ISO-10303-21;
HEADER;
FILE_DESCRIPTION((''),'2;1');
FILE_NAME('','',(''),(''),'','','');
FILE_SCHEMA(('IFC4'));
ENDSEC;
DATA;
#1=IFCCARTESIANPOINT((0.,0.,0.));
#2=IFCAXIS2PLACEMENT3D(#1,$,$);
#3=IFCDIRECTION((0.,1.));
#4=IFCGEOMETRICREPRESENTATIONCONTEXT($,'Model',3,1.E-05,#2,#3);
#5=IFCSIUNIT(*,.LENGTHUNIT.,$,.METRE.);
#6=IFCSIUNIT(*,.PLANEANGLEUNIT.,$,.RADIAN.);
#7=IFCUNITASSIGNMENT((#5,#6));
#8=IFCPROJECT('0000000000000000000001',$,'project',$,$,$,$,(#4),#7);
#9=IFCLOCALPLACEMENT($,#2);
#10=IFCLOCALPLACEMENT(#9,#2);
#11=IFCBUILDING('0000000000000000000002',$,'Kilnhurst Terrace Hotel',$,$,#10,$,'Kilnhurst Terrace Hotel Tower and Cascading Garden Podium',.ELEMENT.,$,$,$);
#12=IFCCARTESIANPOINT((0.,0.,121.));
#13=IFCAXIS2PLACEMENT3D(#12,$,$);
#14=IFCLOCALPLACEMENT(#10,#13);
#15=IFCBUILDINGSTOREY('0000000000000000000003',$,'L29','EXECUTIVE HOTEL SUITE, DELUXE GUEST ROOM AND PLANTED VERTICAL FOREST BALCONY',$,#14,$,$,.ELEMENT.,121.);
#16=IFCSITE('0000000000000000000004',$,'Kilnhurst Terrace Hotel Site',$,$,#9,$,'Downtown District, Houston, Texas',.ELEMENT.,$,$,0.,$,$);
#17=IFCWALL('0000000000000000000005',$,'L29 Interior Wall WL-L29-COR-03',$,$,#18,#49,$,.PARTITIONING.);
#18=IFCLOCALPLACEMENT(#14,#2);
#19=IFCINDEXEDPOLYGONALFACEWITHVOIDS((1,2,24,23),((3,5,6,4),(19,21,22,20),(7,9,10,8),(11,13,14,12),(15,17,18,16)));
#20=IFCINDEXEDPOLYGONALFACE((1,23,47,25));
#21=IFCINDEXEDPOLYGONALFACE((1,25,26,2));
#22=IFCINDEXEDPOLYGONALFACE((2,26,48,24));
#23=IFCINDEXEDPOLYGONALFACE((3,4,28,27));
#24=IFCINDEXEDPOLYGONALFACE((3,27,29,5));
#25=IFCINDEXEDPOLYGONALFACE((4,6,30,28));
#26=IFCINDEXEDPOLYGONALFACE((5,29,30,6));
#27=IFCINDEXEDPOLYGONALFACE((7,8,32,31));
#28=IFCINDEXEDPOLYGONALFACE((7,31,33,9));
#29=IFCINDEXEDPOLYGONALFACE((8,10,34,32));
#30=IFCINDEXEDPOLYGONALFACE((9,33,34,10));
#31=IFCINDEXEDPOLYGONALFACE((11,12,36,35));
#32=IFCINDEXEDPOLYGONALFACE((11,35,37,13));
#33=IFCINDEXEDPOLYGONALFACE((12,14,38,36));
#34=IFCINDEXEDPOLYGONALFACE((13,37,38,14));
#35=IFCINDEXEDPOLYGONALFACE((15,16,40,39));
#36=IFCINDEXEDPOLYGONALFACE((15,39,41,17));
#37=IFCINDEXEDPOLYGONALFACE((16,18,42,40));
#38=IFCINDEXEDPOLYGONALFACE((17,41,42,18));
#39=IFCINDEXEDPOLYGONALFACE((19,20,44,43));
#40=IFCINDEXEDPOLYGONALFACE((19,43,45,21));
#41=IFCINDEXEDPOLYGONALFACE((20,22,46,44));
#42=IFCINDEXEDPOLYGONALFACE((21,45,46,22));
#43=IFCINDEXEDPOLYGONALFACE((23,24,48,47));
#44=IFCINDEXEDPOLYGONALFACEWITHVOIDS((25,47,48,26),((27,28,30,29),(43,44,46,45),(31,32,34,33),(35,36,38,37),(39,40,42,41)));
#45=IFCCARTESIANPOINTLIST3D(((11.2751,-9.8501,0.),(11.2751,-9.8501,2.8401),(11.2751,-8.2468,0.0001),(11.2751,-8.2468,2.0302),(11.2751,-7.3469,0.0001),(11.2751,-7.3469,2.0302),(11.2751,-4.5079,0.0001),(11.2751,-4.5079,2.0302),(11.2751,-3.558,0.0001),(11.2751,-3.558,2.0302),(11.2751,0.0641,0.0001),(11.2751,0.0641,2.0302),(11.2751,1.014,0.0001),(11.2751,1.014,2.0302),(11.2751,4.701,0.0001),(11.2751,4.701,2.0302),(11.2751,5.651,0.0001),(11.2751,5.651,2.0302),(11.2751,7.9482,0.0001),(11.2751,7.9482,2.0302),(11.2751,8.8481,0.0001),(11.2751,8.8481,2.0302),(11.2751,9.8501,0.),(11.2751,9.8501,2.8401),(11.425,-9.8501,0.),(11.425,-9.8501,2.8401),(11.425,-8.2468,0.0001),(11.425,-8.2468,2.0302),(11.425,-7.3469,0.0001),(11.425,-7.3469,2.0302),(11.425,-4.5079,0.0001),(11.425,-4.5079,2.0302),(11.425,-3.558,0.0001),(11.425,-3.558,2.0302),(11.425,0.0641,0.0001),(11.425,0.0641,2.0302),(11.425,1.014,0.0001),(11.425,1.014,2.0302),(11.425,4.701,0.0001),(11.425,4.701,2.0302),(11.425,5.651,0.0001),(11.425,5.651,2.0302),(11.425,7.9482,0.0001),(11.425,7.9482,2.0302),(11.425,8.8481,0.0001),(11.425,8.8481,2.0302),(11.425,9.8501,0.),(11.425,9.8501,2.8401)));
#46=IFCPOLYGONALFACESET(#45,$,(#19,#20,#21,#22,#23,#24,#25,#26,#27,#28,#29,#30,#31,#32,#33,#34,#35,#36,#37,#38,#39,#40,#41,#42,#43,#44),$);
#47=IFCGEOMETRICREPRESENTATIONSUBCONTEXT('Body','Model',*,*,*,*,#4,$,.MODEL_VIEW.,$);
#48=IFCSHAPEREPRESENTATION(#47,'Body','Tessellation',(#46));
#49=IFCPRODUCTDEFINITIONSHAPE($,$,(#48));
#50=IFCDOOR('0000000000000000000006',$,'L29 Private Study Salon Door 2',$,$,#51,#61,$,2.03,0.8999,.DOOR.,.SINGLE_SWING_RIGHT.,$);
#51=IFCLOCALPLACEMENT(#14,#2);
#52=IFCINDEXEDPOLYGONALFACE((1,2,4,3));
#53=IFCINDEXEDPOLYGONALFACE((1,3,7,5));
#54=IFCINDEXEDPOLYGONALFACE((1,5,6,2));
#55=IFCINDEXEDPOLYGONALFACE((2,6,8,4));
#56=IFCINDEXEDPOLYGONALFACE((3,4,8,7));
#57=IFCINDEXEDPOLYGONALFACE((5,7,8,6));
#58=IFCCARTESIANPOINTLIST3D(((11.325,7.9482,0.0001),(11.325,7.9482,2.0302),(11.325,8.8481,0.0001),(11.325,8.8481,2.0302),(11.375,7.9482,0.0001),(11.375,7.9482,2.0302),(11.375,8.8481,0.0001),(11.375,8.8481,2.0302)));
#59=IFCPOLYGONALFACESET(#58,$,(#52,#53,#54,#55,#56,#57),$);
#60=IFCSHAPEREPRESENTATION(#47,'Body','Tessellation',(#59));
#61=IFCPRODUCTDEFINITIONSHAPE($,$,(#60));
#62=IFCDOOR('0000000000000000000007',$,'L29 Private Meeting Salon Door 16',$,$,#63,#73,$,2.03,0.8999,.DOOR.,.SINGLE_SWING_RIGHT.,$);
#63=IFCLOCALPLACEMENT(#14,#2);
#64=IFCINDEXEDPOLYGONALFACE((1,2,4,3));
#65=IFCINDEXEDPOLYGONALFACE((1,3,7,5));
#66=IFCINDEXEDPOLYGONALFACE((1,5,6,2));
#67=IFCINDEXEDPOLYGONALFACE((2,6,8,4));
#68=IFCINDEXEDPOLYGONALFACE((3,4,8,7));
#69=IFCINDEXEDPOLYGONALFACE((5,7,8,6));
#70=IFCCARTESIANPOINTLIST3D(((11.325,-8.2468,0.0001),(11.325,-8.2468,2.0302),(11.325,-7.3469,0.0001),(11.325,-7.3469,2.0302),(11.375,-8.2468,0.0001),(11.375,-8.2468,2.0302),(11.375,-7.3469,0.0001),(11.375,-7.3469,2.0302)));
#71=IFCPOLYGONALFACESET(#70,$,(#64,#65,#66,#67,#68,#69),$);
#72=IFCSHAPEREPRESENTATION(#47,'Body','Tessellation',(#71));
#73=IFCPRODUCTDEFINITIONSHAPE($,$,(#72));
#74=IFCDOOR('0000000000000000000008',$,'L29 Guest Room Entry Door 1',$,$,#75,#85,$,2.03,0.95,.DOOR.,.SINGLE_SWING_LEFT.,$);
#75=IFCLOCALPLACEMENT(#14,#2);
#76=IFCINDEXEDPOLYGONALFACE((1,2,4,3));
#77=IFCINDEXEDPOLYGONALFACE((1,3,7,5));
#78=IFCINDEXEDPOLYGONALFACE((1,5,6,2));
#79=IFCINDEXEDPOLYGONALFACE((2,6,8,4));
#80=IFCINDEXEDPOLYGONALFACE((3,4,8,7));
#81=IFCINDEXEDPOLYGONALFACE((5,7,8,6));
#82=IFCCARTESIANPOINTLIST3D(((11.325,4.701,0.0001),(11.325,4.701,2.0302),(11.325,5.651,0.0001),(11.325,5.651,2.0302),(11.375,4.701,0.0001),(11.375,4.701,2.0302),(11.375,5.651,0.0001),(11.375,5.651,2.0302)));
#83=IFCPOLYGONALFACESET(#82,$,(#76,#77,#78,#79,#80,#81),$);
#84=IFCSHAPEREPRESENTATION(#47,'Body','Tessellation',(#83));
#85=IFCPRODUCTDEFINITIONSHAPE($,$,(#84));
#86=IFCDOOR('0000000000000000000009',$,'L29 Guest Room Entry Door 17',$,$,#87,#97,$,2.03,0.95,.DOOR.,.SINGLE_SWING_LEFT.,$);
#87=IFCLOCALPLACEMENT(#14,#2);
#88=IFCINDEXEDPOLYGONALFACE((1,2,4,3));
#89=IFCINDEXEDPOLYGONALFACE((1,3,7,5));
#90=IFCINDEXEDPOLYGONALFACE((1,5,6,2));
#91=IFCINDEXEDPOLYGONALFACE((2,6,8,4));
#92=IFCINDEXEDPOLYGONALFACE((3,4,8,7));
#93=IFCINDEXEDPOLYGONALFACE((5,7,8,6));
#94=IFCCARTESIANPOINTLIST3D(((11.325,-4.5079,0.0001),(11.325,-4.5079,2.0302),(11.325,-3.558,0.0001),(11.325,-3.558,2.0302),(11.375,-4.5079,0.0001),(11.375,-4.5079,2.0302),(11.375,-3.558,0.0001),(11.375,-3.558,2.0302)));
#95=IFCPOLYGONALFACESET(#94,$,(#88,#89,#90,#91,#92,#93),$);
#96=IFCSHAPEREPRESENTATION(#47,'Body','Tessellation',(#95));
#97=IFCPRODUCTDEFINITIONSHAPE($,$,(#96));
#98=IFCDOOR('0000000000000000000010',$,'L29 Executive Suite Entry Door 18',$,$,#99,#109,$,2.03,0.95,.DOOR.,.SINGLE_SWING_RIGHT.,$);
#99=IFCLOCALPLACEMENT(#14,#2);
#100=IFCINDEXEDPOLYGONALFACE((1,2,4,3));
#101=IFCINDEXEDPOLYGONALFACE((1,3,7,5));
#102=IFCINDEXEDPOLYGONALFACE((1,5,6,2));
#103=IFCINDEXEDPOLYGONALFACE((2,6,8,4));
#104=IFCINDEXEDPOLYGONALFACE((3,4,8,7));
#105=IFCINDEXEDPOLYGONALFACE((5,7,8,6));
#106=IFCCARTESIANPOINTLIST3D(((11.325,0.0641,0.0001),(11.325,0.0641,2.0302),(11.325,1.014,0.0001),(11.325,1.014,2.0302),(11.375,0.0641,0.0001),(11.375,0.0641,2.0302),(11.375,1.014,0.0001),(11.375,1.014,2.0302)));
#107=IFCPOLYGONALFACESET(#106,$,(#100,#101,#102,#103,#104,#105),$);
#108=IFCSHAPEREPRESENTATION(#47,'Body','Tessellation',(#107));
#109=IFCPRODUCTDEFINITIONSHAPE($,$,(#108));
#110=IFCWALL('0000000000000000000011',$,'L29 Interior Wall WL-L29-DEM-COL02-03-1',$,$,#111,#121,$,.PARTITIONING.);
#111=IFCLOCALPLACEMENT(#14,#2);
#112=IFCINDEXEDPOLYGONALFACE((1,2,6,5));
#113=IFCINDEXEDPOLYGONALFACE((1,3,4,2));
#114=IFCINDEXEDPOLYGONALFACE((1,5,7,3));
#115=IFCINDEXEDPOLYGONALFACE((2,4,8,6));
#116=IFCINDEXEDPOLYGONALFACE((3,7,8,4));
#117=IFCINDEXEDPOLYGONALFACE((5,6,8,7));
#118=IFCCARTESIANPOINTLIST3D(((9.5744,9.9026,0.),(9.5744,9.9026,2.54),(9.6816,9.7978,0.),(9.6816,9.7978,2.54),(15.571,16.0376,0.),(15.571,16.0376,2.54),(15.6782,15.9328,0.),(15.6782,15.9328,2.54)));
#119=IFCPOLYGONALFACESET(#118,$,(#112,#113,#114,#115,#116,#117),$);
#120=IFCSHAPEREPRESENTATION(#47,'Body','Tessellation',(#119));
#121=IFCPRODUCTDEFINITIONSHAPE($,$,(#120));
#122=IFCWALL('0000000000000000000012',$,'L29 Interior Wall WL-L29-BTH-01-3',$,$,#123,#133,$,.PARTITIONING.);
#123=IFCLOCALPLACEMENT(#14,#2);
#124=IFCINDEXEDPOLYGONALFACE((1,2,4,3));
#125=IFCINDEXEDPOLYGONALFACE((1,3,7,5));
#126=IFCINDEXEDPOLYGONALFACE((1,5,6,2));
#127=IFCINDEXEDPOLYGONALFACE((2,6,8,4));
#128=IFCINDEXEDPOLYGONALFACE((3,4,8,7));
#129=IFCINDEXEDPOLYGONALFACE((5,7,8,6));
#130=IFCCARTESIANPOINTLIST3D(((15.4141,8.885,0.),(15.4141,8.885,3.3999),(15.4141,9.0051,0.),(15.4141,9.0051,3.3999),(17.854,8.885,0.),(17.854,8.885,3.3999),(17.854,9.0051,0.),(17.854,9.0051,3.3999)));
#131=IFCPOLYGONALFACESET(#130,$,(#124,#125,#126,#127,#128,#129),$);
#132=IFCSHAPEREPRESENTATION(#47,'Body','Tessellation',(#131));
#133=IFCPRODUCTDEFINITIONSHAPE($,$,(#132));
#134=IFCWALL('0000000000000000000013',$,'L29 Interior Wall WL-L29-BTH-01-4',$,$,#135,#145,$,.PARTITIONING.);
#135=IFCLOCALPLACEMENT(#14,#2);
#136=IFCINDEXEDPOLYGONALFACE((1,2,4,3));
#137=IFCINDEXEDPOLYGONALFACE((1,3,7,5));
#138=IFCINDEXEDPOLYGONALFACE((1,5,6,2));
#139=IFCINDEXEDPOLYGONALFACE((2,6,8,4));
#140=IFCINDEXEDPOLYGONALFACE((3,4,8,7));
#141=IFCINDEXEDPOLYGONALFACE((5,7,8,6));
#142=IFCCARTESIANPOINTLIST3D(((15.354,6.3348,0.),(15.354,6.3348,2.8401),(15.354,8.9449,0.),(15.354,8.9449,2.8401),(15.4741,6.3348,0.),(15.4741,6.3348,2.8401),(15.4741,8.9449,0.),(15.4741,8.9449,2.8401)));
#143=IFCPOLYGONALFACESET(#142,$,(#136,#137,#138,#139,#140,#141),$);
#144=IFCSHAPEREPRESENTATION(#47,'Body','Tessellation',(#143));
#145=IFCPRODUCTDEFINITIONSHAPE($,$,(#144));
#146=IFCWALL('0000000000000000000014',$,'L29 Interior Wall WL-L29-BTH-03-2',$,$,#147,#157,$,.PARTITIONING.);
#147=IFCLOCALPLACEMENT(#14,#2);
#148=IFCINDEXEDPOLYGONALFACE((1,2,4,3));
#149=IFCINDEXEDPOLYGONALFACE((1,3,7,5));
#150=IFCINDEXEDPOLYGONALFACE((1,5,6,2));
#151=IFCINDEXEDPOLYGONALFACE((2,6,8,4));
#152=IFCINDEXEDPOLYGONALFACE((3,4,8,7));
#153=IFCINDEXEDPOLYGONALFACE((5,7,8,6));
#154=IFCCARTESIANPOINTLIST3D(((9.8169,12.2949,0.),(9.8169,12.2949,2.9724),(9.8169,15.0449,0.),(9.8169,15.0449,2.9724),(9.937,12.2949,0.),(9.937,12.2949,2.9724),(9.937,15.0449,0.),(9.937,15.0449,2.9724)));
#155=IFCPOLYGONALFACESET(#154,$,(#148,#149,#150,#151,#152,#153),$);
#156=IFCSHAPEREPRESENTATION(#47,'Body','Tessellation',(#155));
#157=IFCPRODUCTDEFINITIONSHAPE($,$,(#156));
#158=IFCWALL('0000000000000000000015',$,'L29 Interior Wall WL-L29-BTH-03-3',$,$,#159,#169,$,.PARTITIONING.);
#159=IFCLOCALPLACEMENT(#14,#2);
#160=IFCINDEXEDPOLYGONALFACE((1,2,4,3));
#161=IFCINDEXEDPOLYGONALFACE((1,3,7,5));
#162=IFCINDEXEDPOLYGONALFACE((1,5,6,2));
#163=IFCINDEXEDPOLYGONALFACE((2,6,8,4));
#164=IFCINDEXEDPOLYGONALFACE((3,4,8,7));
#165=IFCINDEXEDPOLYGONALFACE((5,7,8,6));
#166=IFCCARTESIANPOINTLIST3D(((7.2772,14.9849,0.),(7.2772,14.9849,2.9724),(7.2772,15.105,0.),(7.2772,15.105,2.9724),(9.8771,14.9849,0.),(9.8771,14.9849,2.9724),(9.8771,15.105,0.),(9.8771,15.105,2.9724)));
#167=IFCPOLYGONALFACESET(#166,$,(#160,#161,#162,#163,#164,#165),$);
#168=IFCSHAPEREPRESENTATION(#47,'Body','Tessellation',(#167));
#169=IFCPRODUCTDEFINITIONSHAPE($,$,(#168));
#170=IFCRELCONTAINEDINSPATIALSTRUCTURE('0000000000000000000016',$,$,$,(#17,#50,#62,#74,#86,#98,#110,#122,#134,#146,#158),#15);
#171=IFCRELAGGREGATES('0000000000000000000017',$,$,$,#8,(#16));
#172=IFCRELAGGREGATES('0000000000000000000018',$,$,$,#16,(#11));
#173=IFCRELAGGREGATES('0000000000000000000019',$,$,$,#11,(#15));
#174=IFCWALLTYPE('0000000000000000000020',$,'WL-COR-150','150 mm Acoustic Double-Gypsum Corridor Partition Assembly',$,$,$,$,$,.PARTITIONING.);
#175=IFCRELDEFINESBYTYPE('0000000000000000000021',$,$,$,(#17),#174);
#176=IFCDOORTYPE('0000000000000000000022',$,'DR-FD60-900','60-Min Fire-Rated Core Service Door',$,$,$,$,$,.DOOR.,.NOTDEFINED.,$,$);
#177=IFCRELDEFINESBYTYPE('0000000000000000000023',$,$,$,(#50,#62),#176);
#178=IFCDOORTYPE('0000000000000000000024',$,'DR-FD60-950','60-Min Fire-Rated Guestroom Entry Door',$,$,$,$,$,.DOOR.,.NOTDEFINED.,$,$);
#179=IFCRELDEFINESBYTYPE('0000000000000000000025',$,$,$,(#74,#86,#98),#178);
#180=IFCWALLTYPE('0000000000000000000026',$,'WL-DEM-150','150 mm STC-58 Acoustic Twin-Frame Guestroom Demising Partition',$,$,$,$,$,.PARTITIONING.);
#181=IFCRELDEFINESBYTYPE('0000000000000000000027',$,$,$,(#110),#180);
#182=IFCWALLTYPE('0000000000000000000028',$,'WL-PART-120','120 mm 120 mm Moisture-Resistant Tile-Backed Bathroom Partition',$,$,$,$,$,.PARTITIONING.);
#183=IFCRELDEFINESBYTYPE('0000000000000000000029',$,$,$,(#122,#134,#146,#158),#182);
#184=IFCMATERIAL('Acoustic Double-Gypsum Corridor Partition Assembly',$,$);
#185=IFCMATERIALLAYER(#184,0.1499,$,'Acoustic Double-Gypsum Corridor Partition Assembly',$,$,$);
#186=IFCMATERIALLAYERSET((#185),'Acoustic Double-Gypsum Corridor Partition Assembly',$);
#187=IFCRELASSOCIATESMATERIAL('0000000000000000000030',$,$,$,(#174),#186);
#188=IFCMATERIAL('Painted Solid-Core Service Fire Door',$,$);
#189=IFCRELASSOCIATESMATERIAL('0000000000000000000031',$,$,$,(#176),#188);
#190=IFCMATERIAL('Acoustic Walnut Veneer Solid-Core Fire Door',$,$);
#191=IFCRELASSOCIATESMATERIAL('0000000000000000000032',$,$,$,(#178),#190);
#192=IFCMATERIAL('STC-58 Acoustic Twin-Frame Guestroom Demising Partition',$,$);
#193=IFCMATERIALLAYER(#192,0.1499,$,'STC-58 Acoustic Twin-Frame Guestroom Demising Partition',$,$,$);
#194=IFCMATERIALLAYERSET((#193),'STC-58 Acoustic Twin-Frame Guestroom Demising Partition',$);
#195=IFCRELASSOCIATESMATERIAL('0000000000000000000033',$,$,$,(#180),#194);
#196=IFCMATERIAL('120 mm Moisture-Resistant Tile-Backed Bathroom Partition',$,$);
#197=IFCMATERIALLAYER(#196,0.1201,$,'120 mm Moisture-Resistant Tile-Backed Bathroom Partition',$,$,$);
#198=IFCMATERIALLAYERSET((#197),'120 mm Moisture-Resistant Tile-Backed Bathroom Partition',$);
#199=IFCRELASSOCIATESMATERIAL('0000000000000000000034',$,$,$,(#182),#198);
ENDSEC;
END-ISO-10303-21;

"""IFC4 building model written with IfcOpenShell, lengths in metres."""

from ifc_helpers import new_model, si_unit, direction, frame, frame_2d, origin, place, context, subcontext, project, spatial, rectangle, extrude, material, layer, layer_set, type_object, element, fill, save


model = new_model("IFC4")

# Units and contexts
model_context = context("Model", 3, precision=1e-05, world=origin(), true_north=direction((0.0, 1.0)))
body_context = subcontext(model_context, "Body", "Model", "MODEL_VIEW")
ifc_project = project(units=[si_unit("LENGTHUNIT", "METRE"), si_unit("PLANEANGLEUNIT", "RADIAN")], contexts=[model_context])

# Site, building, storey
site_placement = place(None, origin())
site = spatial("IfcSite", under=ifc_project, at=site_placement, Name="Kilnhurst Terrace Hotel Site", LongName="Downtown District, Houston, Texas", CompositionType="ELEMENT", RefElevation=0.0)
building_placement = place(site_placement, origin())
building = spatial("IfcBuilding", under=site, at=building_placement, Name="Kilnhurst Terrace Hotel", LongName="Kilnhurst Terrace Hotel Tower and Cascading Garden Podium", CompositionType="ELEMENT")
storey_placement = place(building_placement, frame((0.0, 0.0, 121.0)))
storey = spatial("IfcBuildingStorey", under=building, at=storey_placement, Name="L29", Description="EXECUTIVE HOTEL SUITE, DELUXE GUEST ROOM AND PLANTED VERTICAL FOREST BALCONY", CompositionType="ELEMENT", Elevation=121.0)

# Wall, openings, doors
ifc_material_1 = material(Name="Acoustic Double-Gypsum Corridor Partition Assembly")
ifc_layer_1 = layer(ifc_material_1, 0.1499, Name="Acoustic Double-Gypsum Corridor Partition Assembly")
ifc_layer_set_1 = layer_set([ifc_layer_1], Name="Acoustic Double-Gypsum Corridor Partition Assembly")
wall_type_1 = type_object("IfcWallType", Name="WL-COR-150", Description="150 mm Acoustic Double-Gypsum Corridor Partition Assembly", PredefinedType="PARTITIONING", material=ifc_layer_set_1)
wall_1_placement = place(storey_placement, frame((11.3501, 9.8501, 0.0), z_axis=(0.0, 0.0, 1.0), x_axis=(0.0, -1.0, 0.0)))
wall_1 = element("IfcWall", 1, at=wall_1_placement, inside=storey, type_object=wall_type_1, Name="L29 Interior Wall WL-L29-COR-03", PredefinedType="PARTITIONING", context=body_context, shape_type="SweptSolid", body=[
    extrude(rectangle(XDim=19.7002, YDim=0.1499, at=frame_2d((9.8501, 0.0))), origin(), (0.0, 0.0, 1.0), 2.8401),
])
opening_1_placement = place(wall_1_placement, frame((4.199, 0.0, 0.0)))
opening_1 = element("IfcOpeningElement", 2, at=opening_1_placement, cuts=wall_1, PredefinedType="OPENING", context=body_context, shape_type="SweptSolid", body=[
    extrude(rectangle(XDim=0.95, YDim=2.03, at=frame_2d((0.4751, 1.0151))), frame((0.0, 0.085, 0.0), z_axis=(0.0, -1.0, 0.0), x_axis=(1.0, 0.0, 0.0)), (0.0, 0.0, 1.0), 0.1699),
])
opening_2_placement = place(wall_1_placement, frame((1.002, 0.0, 0.0)))
opening_2 = element("IfcOpeningElement", 3, at=opening_2_placement, cuts=wall_1, PredefinedType="OPENING", context=body_context, shape_type="SweptSolid", body=[
    extrude(rectangle(XDim=0.8999, YDim=2.03, at=frame_2d((0.45, 1.0151))), frame((0.0, 0.085, 0.0), z_axis=(0.0, -1.0, 0.0), x_axis=(1.0, 0.0, 0.0)), (0.0, 0.0, 1.0), 0.1699),
])
opening_3_placement = place(wall_1_placement, frame((17.197, 0.0, 0.0)))
opening_3 = element("IfcOpeningElement", 4, at=opening_3_placement, cuts=wall_1, PredefinedType="OPENING", context=body_context, shape_type="SweptSolid", body=[
    extrude(rectangle(XDim=0.8999, YDim=2.03, at=frame_2d((0.45, 1.0151))), frame((0.0, 0.085, 0.0), z_axis=(0.0, -1.0, 0.0), x_axis=(1.0, 0.0, 0.0)), (0.0, 0.0, 1.0), 0.1699),
])
opening_4_placement = place(wall_1_placement, frame((13.408, 0.0, 0.0)))
opening_4 = element("IfcOpeningElement", 5, at=opening_4_placement, cuts=wall_1, PredefinedType="OPENING", context=body_context, shape_type="SweptSolid", body=[
    extrude(rectangle(XDim=0.95, YDim=2.03, at=frame_2d((0.4751, 1.0151))), frame((0.0, 0.085, 0.0), z_axis=(0.0, -1.0, 0.0), x_axis=(1.0, 0.0, 0.0)), (0.0, 0.0, 1.0), 0.1699),
])
opening_5_placement = place(wall_1_placement, frame((8.8359, 0.0, 0.0)))
opening_5 = element("IfcOpeningElement", 6, at=opening_5_placement, cuts=wall_1, PredefinedType="OPENING", context=body_context, shape_type="SweptSolid", body=[
    extrude(rectangle(XDim=0.95, YDim=2.03, at=frame_2d((0.4751, 1.0151))), frame((0.0, 0.085, 0.0), z_axis=(0.0, -1.0, 0.0), x_axis=(1.0, 0.0, 0.0)), (0.0, 0.0, 1.0), 0.1699),
])
ifc_material_2 = material(Name="Painted Solid-Core Service Fire Door")
door_type_1 = type_object("IfcDoorType", Name="DR-FD60-900", Description="60-Min Fire-Rated Core Service Door", OperationType="NOTDEFINED", PredefinedType="DOOR", material=ifc_material_2)
door_1_placement = place(opening_2_placement, origin())
door_1 = element("IfcDoor", 7, at=door_1_placement, inside=storey, type_object=door_type_1, Name="L29 Private Study Salon Door 2", OperationType="SINGLE_SWING_RIGHT", OverallHeight=2.03, OverallWidth=0.8999, PredefinedType="DOOR", context=body_context, shape_type="SweptSolid", body=[
    extrude(rectangle(XDim=0.8999, YDim=2.03, at=frame_2d((0.45, 1.0151))), frame((0.0, 0.0249, 0.0), z_axis=(0.0, -1.0, 0.0), x_axis=(1.0, 0.0, 0.0)), (0.0, 0.0, 1.0), 0.05),
])
fill(opening_2, door_1)
door_2_placement = place(opening_3_placement, origin())
door_2 = element("IfcDoor", 8, at=door_2_placement, inside=storey, type_object=door_type_1, Name="L29 Private Meeting Salon Door 16", OperationType="SINGLE_SWING_RIGHT", OverallHeight=2.03, OverallWidth=0.8999, PredefinedType="DOOR", context=body_context, shape_type="SweptSolid", body=[
    extrude(rectangle(XDim=0.8999, YDim=2.03, at=frame_2d((0.45, 1.0151))), frame((0.0, 0.0249, 0.0), z_axis=(0.0, -1.0, 0.0), x_axis=(1.0, 0.0, 0.0)), (0.0, 0.0, 1.0), 0.05),
])
fill(opening_3, door_2)
ifc_material_3 = material(Name="Acoustic Walnut Veneer Solid-Core Fire Door")
door_type_2 = type_object("IfcDoorType", Name="DR-FD60-950", Description="60-Min Fire-Rated Guestroom Entry Door", OperationType="NOTDEFINED", PredefinedType="DOOR", material=ifc_material_3)
door_3_placement = place(opening_1_placement, origin())
door_3 = element("IfcDoor", 9, at=door_3_placement, inside=storey, type_object=door_type_2, Name="L29 Guest Room Entry Door 1", OperationType="SINGLE_SWING_LEFT", OverallHeight=2.03, OverallWidth=0.95, PredefinedType="DOOR", context=body_context, shape_type="SweptSolid", body=[
    extrude(rectangle(XDim=0.95, YDim=2.03, at=frame_2d((0.4751, 1.0151))), frame((0.0, 0.0249, 0.0), z_axis=(0.0, -1.0, 0.0), x_axis=(1.0, 0.0, 0.0)), (0.0, 0.0, 1.0), 0.05),
])
fill(opening_1, door_3)
door_4_placement = place(opening_4_placement, origin())
door_4 = element("IfcDoor", 10, at=door_4_placement, inside=storey, type_object=door_type_2, Name="L29 Guest Room Entry Door 17", OperationType="SINGLE_SWING_LEFT", OverallHeight=2.03, OverallWidth=0.95, PredefinedType="DOOR", context=body_context, shape_type="SweptSolid", body=[
    extrude(rectangle(XDim=0.95, YDim=2.03, at=frame_2d((0.4751, 1.0151))), frame((0.0, 0.0249, 0.0), z_axis=(0.0, -1.0, 0.0), x_axis=(1.0, 0.0, 0.0)), (0.0, 0.0, 1.0), 0.05),
])
fill(opening_4, door_4)
door_5_placement = place(opening_5_placement, origin())
door_5 = element("IfcDoor", 11, at=door_5_placement, inside=storey, type_object=door_type_2, Name="L29 Executive Suite Entry Door 18", OperationType="SINGLE_SWING_RIGHT", OverallHeight=2.03, OverallWidth=0.95, PredefinedType="DOOR", context=body_context, shape_type="SweptSolid", body=[
    extrude(rectangle(XDim=0.95, YDim=2.03, at=frame_2d((0.4751, 1.0151))), frame((0.0, 0.0249, 0.0), z_axis=(0.0, -1.0, 0.0), x_axis=(1.0, 0.0, 0.0)), (0.0, 0.0, 1.0), 0.05),
])
fill(opening_5, door_5)

# Walls
ifc_material_4 = material(Name="STC-58 Acoustic Twin-Frame Guestroom Demising Partition")
ifc_layer_2 = layer(ifc_material_4, 0.1499, Name="STC-58 Acoustic Twin-Frame Guestroom Demising Partition")
ifc_layer_set_2 = layer_set([ifc_layer_2], Name="STC-58 Acoustic Twin-Frame Guestroom Demising Partition")
wall_type_2 = type_object("IfcWallType", Name="WL-DEM-150", Description="150 mm STC-58 Acoustic Twin-Frame Guestroom Demising Partition", PredefinedType="PARTITIONING", material=ifc_layer_set_2)
wall_2_placement = place(storey_placement, frame((9.6279, 9.8501, 0.0), z_axis=(0.0, 0.0, 1.0), x_axis=(0.698993, 0.715129, 0.0)))
element("IfcWall", 12, at=wall_2_placement, inside=storey, type_object=wall_type_2, Name="L29 Interior Wall WL-L29-DEM-COL02-03-1", PredefinedType="PARTITIONING", context=body_context, shape_type="SweptSolid", body=[
    extrude(rectangle(XDim=8.5789, YDim=0.1499, at=frame_2d((4.2896, 0.0))), origin(), (0.0, 0.0, 1.0), 2.54),
])
ifc_material_5 = material(Name="120 mm Moisture-Resistant Tile-Backed Bathroom Partition")
ifc_layer_3 = layer(ifc_material_5, 0.1201, Name="120 mm Moisture-Resistant Tile-Backed Bathroom Partition")
ifc_layer_set_3 = layer_set([ifc_layer_3], Name="120 mm Moisture-Resistant Tile-Backed Bathroom Partition")
wall_type_3 = type_object("IfcWallType", Name="WL-PART-120", Description="120 mm 120 mm Moisture-Resistant Tile-Backed Bathroom Partition", PredefinedType="PARTITIONING", material=ifc_layer_set_3)
wall_3_placement = place(storey_placement, frame((17.854, 8.9451, 0.0), z_axis=(0.0, 0.0, 1.0), x_axis=(-1.0, 0.0, 0.0)))
element("IfcWall", 13, at=wall_3_placement, inside=storey, type_object=wall_type_3, Name="L29 Interior Wall WL-L29-BTH-01-3", PredefinedType="PARTITIONING", context=body_context, shape_type="SweptSolid", body=[
    extrude(rectangle(XDim=2.4399, YDim=0.1201, at=frame_2d((1.22, 0.0))), origin(), (0.0, 0.0, 1.0), 3.3999),
])
wall_4_placement = place(storey_placement, frame((15.4141, 8.9451, 0.0), z_axis=(0.0, 0.0, 1.0), x_axis=(0.0, -1.0, 0.0)))
element("IfcWall", 14, at=wall_4_placement, inside=storey, type_object=wall_type_3, Name="L29 Interior Wall WL-L29-BTH-01-4", PredefinedType="PARTITIONING", context=body_context, shape_type="SweptSolid", body=[
    extrude(rectangle(XDim=2.6101, YDim=0.1201, at=frame_2d((1.3052, 0.0))), origin(), (0.0, 0.0, 1.0), 2.8401),
])
wall_5_placement = place(storey_placement, frame((9.877, 12.2949, 0.0), z_axis=(0.0, 0.0, 1.0), x_axis=(0.0, 1.0, 0.0)))
element("IfcWall", 15, at=wall_5_placement, inside=storey, type_object=wall_type_3, Name="L29 Interior Wall WL-L29-BTH-03-2", PredefinedType="PARTITIONING", context=body_context, shape_type="SweptSolid", body=[
    extrude(rectangle(XDim=2.75, YDim=0.1201, at=frame_2d((1.375, 0.0))), origin(), (0.0, 0.0, 1.0), 2.9724),
])
wall_6_placement = place(storey_placement, frame((9.877, 15.0449, 0.0), z_axis=(0.0, 0.0, 1.0), x_axis=(-1.0, 0.0, 0.0)))
element("IfcWall", 16, at=wall_6_placement, inside=storey, type_object=wall_type_3, Name="L29 Interior Wall WL-L29-BTH-03-3", PredefinedType="PARTITIONING", context=body_context, shape_type="SweptSolid", body=[
    extrude(rectangle(XDim=2.5999, YDim=0.1201, at=frame_2d((1.2998, 0.0))), origin(), (0.0, 0.0, 1.0), 2.9724),
])

save(model, "model.ifc")
